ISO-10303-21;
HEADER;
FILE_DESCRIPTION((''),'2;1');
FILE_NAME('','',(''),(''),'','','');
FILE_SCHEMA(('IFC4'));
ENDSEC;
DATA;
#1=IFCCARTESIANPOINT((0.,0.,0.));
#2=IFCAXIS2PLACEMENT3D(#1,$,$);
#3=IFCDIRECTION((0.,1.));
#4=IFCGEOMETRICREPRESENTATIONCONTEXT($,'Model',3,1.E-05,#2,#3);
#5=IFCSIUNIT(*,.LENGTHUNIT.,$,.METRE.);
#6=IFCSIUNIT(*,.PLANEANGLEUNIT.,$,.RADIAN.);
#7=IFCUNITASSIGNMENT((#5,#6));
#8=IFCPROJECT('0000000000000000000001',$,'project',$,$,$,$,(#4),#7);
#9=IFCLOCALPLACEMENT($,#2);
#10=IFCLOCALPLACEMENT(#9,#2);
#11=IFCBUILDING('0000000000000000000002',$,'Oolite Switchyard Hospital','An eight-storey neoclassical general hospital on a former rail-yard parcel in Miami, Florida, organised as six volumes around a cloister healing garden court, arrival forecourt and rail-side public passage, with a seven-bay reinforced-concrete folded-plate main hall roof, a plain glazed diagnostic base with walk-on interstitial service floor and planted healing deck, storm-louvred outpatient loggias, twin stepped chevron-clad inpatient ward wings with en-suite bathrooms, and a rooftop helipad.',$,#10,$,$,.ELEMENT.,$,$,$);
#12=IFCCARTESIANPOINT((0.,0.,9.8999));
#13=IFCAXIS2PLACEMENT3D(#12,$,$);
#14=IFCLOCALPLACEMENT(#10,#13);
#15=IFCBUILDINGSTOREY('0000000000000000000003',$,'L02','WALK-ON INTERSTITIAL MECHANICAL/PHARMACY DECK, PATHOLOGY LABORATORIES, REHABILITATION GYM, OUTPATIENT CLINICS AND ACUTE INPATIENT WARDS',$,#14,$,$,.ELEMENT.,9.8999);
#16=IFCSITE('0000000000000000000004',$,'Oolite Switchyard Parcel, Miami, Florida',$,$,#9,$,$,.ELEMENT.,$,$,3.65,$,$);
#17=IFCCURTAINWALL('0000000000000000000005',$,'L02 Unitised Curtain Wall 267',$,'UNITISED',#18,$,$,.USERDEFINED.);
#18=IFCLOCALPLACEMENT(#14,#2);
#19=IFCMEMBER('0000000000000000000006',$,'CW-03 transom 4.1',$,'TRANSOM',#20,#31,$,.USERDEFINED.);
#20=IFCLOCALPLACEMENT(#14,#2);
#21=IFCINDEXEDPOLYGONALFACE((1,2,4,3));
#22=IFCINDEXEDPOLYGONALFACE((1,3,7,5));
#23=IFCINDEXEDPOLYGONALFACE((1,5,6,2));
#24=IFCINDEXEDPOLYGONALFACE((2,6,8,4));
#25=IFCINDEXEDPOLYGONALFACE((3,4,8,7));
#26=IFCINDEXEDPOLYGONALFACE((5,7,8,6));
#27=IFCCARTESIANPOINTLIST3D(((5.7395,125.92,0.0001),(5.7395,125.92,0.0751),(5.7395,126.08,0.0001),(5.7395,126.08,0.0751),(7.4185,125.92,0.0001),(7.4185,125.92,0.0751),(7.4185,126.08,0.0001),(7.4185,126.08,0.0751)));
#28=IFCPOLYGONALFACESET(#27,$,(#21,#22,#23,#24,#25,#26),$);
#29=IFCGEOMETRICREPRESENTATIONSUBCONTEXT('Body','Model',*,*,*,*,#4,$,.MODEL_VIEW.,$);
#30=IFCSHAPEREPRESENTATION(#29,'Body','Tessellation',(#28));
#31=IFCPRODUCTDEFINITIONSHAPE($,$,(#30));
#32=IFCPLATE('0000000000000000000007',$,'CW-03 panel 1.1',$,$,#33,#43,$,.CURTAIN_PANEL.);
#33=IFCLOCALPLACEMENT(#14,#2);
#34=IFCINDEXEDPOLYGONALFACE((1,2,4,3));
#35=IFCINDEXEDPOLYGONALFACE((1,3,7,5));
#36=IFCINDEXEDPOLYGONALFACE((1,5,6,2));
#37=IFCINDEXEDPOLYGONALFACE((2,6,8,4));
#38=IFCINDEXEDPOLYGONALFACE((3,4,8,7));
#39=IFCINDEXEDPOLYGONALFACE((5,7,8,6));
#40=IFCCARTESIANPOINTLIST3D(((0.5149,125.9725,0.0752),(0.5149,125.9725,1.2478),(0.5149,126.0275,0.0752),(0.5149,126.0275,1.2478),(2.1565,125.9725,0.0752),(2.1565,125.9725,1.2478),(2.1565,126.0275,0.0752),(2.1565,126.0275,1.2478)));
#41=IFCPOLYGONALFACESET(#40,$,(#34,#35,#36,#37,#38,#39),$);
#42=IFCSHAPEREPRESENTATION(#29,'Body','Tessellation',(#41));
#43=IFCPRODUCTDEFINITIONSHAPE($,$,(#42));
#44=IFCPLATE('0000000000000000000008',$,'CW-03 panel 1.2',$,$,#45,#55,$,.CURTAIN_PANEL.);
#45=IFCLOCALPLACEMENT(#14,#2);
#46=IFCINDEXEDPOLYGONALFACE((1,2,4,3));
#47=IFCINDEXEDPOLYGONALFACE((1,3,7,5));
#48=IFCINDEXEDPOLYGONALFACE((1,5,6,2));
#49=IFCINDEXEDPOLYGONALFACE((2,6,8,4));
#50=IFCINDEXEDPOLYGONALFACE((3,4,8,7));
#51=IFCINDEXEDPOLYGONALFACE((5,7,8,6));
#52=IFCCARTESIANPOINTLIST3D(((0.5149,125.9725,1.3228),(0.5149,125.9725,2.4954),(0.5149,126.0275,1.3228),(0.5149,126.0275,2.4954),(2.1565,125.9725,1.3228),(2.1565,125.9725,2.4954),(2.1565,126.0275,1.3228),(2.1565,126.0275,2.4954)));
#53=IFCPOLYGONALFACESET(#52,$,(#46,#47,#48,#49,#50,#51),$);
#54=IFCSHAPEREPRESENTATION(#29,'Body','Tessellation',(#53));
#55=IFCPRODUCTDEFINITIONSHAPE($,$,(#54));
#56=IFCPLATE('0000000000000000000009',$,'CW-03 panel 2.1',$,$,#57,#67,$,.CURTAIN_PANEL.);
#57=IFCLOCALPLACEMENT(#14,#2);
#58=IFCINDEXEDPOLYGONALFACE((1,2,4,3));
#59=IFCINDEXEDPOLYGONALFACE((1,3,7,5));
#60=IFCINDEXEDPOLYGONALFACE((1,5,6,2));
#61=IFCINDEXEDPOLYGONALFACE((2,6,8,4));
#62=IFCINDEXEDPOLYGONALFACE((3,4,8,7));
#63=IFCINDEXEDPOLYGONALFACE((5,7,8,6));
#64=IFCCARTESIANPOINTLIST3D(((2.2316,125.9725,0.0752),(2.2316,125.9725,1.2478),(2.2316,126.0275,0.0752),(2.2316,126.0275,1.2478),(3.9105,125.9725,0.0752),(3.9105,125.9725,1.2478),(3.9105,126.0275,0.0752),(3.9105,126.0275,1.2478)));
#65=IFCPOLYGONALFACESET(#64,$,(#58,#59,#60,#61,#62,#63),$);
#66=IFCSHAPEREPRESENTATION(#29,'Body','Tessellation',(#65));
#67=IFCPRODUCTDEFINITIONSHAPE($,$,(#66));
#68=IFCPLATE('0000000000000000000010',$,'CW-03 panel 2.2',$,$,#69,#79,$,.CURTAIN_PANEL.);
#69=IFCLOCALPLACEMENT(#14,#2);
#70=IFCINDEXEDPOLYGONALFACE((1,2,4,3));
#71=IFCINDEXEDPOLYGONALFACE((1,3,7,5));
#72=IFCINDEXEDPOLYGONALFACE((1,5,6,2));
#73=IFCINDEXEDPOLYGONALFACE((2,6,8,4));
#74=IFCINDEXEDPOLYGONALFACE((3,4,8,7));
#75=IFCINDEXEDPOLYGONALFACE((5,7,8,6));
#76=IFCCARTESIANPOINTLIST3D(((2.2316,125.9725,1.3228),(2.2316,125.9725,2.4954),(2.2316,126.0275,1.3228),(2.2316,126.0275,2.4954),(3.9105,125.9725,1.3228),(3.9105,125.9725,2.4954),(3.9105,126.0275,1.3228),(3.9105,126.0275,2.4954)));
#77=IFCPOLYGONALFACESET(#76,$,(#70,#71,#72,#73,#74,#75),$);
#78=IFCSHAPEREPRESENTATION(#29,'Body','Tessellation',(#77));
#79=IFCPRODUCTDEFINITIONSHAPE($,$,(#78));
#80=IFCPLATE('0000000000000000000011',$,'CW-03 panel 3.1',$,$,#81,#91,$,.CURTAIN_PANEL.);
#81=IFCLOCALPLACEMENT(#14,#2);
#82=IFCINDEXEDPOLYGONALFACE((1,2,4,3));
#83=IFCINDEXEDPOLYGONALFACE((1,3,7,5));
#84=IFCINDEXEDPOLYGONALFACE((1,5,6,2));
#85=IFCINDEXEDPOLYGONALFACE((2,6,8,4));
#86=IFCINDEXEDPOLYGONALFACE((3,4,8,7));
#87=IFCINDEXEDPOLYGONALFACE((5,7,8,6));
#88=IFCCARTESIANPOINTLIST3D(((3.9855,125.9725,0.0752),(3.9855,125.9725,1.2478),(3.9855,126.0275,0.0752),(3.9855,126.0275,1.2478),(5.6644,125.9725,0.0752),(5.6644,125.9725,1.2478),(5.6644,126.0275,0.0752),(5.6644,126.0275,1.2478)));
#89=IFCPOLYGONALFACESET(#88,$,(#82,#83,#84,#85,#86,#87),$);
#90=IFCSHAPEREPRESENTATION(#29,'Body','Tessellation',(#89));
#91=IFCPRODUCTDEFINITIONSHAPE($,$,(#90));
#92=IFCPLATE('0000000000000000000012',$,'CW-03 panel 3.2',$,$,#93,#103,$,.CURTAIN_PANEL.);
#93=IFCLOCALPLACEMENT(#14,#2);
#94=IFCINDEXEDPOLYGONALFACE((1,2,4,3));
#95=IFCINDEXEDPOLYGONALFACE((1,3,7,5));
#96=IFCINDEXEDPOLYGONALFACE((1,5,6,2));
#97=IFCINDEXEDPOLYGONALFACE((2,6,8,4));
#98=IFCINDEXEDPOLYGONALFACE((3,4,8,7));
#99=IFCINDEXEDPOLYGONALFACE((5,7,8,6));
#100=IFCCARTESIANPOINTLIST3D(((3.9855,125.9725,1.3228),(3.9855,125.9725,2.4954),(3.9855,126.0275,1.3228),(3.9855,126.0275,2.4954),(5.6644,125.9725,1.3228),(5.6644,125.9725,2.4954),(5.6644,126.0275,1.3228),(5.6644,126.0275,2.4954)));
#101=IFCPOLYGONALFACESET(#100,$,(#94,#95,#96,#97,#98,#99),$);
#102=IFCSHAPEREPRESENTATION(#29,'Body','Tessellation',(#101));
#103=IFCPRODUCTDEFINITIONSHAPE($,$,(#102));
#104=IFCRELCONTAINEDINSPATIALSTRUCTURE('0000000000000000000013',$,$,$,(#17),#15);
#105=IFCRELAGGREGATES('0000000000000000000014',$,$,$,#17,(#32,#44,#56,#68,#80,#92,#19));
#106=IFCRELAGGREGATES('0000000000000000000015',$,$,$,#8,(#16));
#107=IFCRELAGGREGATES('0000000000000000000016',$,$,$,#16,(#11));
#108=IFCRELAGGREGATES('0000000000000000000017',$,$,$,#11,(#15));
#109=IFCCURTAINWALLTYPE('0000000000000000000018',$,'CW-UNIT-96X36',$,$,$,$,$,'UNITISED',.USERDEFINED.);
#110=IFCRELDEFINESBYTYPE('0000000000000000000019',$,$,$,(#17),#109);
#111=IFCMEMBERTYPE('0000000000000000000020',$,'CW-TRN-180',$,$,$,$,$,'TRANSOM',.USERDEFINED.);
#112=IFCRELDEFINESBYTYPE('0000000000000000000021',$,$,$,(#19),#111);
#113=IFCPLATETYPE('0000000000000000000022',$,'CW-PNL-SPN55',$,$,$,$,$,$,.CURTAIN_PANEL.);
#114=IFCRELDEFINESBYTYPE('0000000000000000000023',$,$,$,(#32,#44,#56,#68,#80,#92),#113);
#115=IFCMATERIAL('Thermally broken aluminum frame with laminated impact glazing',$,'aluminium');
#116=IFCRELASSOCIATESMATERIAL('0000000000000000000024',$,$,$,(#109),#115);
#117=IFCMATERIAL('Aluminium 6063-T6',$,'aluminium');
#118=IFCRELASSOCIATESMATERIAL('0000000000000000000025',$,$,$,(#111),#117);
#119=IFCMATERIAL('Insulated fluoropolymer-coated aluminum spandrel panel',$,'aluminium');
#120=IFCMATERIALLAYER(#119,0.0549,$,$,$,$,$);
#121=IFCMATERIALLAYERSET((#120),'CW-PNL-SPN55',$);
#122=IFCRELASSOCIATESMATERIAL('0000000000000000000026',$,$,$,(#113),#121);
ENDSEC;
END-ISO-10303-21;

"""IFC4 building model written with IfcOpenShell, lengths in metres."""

from ifc_helpers import new_model, si_unit, direction, frame, origin, origin_2d, place, context, subcontext, project, spatial, rectangle, extrude, material, layer, layer_set, material_profile, profile_set, type_object, element, aggregate, save


model = new_model("IFC4")

# Units and contexts
model_context = context("Model", 3, precision=1e-05, world=origin(), true_north=direction((0.0, 1.0)))
body_context = subcontext(model_context, "Body", "Model", "MODEL_VIEW")
ifc_project = project(units=[si_unit("LENGTHUNIT", "METRE"), si_unit("PLANEANGLEUNIT", "RADIAN")], contexts=[model_context])

# Site, building, storey
site_placement = place(None, origin())
site = spatial("IfcSite", under=ifc_project, at=site_placement, Name="Oolite Switchyard Parcel, Miami, Florida", CompositionType="ELEMENT", RefElevation=3.65)
building_placement = place(site_placement, origin())
building = spatial("IfcBuilding", under=site, at=building_placement, Name="Oolite Switchyard Hospital", Description="An eight-storey neoclassical general hospital on a former rail-yard parcel in Miami, Florida, organised as six volumes around a cloister healing garden court, arrival forecourt and rail-side public passage, with a seven-bay reinforced-concrete folded-plate main hall roof, a plain glazed diagnostic base with walk-on interstitial service floor and planted healing deck, storm-louvred outpatient loggias, twin stepped chevron-clad inpatient ward wings with en-suite bathrooms, and a rooftop helipad.", CompositionType="ELEMENT")
storey_placement = place(building_placement, frame((0.0, 0.0, 9.8999)))
storey = spatial("IfcBuildingStorey", under=building, at=storey_placement, Name="L02", Description="WALK-ON INTERSTITIAL MECHANICAL/PHARMACY DECK, PATHOLOGY LABORATORIES, REHABILITATION GYM, OUTPATIENT CLINICS AND ACUTE INPATIENT WARDS", CompositionType="ELEMENT", Elevation=9.8999)

# Curtain wall, member, plates
ifc_material_1 = material(Name="Thermally broken aluminum frame with laminated impact glazing", Category="aluminium")
curtain_wall_type = type_object("IfcCurtainWallType", Name="CW-UNIT-96X36", ElementType="UNITISED", PredefinedType="USERDEFINED", material=ifc_material_1)
curtain_wall_placement = place(storey_placement, origin())
curtain_wall = element("IfcCurtainWall", 1, at=curtain_wall_placement, inside=storey, type_object=curtain_wall_type, Name="L02 Unitised Curtain Wall 267", ObjectType="UNITISED", PredefinedType="USERDEFINED")
ifc_material_2 = material(Name="Aluminium 6063-T6", Category="aluminium")
ifc_material_profile_1 = material_profile(ifc_material_2, rectangle(XDim=0.1599, YDim=0.075, at=origin_2d()), Name="CWT75X160")
ifc_profile_set_1 = profile_set([ifc_material_profile_1], Name="Aluminium 6063-T6")
member_type_1 = type_object("IfcMemberType", Name="CW-TRN-180", ElementType="TRANSOM", PredefinedType="USERDEFINED", material=ifc_profile_set_1)
member_1_placement = place(storey_placement, frame((5.7395, 126.0, 0.0376), z_axis=(1.0, 0.0, 0.0), x_axis=(0.0, 1.0, 0.0)))
member_1 = element("IfcMember", 2, at=member_1_placement, type_object=member_type_1, Name="CW-03 transom 4.1", ObjectType="TRANSOM", PredefinedType="USERDEFINED", context=body_context, shape_type="SweptSolid", body=[
    extrude(rectangle(XDim=0.1599, YDim=0.075, at=origin_2d()), origin(), (0.0, 0.0, 1.0), 1.679),
])
ifc_material_3 = material(Name="Insulated fluoropolymer-coated aluminum spandrel panel", Category="aluminium")
ifc_layer = layer(ifc_material_3, 0.0549)
ifc_layer_set = layer_set([ifc_layer], Name="CW-PNL-SPN55")
plate_type = type_object("IfcPlateType", Name="CW-PNL-SPN55", PredefinedType="CURTAIN_PANEL", material=ifc_layer_set)
plate_1_placement = place(storey_placement, frame((1.3357, 126.0, 0.0752), z_axis=(0.0, 0.0, 1.0), x_axis=(1.0, 0.0, 0.0)))
plate_1 = element("IfcPlate", 3, at=plate_1_placement, type_object=plate_type, Name="CW-03 panel 1.1", PredefinedType="CURTAIN_PANEL", context=body_context, shape_type="SweptSolid", body=[
    extrude(rectangle(XDim=1.6416, YDim=0.0549, at=origin_2d()), origin(), (0.0, 0.0, 1.0), 1.1726),
])
plate_2_placement = place(storey_placement, frame((1.3357, 126.0, 1.3228), z_axis=(0.0, 0.0, 1.0), x_axis=(1.0, 0.0, 0.0)))
plate_2 = element("IfcPlate", 4, at=plate_2_placement, type_object=plate_type, Name="CW-03 panel 1.2", PredefinedType="CURTAIN_PANEL", context=body_context, shape_type="SweptSolid", body=[
    extrude(rectangle(XDim=1.6416, YDim=0.0549, at=origin_2d()), origin(), (0.0, 0.0, 1.0), 1.1726),
])
plate_3_placement = place(storey_placement, frame((3.071, 126.0, 0.0752), z_axis=(0.0, 0.0, 1.0), x_axis=(1.0, 0.0, 0.0)))
plate_3 = element("IfcPlate", 5, at=plate_3_placement, type_object=plate_type, Name="CW-03 panel 2.1", PredefinedType="CURTAIN_PANEL", context=body_context, shape_type="SweptSolid", body=[
    extrude(rectangle(XDim=1.679, YDim=0.0549, at=origin_2d()), origin(), (0.0, 0.0, 1.0), 1.1726),
])
plate_4_placement = place(storey_placement, frame((3.071, 126.0, 1.3228), z_axis=(0.0, 0.0, 1.0), x_axis=(1.0, 0.0, 0.0)))
plate_4 = element("IfcPlate", 6, at=plate_4_placement, type_object=plate_type, Name="CW-03 panel 2.2", PredefinedType="CURTAIN_PANEL", context=body_context, shape_type="SweptSolid", body=[
    extrude(rectangle(XDim=1.679, YDim=0.0549, at=origin_2d()), origin(), (0.0, 0.0, 1.0), 1.1726),
])
plate_5_placement = place(storey_placement, frame((4.825, 126.0, 0.0752), z_axis=(0.0, 0.0, 1.0), x_axis=(1.0, 0.0, 0.0)))
plate_5 = element("IfcPlate", 7, at=plate_5_placement, type_object=plate_type, Name="CW-03 panel 3.1", PredefinedType="CURTAIN_PANEL", context=body_context, shape_type="SweptSolid", body=[
    extrude(rectangle(XDim=1.679, YDim=0.0549, at=origin_2d()), origin(), (0.0, 0.0, 1.0), 1.1726),
])
plate_6_placement = place(storey_placement, frame((4.825, 126.0, 1.3228), z_axis=(0.0, 0.0, 1.0), x_axis=(1.0, 0.0, 0.0)))
plate_6 = element("IfcPlate", 8, at=plate_6_placement, type_object=plate_type, Name="CW-03 panel 3.2", PredefinedType="CURTAIN_PANEL", context=body_context, shape_type="SweptSolid", body=[
    extrude(rectangle(XDim=1.679, YDim=0.0549, at=origin_2d()), origin(), (0.0, 0.0, 1.0), 1.1726),
])
aggregate(curtain_wall, [plate_1, plate_2, plate_3, plate_4, plate_5, plate_6, member_1])

save(model, "model.ifc")
